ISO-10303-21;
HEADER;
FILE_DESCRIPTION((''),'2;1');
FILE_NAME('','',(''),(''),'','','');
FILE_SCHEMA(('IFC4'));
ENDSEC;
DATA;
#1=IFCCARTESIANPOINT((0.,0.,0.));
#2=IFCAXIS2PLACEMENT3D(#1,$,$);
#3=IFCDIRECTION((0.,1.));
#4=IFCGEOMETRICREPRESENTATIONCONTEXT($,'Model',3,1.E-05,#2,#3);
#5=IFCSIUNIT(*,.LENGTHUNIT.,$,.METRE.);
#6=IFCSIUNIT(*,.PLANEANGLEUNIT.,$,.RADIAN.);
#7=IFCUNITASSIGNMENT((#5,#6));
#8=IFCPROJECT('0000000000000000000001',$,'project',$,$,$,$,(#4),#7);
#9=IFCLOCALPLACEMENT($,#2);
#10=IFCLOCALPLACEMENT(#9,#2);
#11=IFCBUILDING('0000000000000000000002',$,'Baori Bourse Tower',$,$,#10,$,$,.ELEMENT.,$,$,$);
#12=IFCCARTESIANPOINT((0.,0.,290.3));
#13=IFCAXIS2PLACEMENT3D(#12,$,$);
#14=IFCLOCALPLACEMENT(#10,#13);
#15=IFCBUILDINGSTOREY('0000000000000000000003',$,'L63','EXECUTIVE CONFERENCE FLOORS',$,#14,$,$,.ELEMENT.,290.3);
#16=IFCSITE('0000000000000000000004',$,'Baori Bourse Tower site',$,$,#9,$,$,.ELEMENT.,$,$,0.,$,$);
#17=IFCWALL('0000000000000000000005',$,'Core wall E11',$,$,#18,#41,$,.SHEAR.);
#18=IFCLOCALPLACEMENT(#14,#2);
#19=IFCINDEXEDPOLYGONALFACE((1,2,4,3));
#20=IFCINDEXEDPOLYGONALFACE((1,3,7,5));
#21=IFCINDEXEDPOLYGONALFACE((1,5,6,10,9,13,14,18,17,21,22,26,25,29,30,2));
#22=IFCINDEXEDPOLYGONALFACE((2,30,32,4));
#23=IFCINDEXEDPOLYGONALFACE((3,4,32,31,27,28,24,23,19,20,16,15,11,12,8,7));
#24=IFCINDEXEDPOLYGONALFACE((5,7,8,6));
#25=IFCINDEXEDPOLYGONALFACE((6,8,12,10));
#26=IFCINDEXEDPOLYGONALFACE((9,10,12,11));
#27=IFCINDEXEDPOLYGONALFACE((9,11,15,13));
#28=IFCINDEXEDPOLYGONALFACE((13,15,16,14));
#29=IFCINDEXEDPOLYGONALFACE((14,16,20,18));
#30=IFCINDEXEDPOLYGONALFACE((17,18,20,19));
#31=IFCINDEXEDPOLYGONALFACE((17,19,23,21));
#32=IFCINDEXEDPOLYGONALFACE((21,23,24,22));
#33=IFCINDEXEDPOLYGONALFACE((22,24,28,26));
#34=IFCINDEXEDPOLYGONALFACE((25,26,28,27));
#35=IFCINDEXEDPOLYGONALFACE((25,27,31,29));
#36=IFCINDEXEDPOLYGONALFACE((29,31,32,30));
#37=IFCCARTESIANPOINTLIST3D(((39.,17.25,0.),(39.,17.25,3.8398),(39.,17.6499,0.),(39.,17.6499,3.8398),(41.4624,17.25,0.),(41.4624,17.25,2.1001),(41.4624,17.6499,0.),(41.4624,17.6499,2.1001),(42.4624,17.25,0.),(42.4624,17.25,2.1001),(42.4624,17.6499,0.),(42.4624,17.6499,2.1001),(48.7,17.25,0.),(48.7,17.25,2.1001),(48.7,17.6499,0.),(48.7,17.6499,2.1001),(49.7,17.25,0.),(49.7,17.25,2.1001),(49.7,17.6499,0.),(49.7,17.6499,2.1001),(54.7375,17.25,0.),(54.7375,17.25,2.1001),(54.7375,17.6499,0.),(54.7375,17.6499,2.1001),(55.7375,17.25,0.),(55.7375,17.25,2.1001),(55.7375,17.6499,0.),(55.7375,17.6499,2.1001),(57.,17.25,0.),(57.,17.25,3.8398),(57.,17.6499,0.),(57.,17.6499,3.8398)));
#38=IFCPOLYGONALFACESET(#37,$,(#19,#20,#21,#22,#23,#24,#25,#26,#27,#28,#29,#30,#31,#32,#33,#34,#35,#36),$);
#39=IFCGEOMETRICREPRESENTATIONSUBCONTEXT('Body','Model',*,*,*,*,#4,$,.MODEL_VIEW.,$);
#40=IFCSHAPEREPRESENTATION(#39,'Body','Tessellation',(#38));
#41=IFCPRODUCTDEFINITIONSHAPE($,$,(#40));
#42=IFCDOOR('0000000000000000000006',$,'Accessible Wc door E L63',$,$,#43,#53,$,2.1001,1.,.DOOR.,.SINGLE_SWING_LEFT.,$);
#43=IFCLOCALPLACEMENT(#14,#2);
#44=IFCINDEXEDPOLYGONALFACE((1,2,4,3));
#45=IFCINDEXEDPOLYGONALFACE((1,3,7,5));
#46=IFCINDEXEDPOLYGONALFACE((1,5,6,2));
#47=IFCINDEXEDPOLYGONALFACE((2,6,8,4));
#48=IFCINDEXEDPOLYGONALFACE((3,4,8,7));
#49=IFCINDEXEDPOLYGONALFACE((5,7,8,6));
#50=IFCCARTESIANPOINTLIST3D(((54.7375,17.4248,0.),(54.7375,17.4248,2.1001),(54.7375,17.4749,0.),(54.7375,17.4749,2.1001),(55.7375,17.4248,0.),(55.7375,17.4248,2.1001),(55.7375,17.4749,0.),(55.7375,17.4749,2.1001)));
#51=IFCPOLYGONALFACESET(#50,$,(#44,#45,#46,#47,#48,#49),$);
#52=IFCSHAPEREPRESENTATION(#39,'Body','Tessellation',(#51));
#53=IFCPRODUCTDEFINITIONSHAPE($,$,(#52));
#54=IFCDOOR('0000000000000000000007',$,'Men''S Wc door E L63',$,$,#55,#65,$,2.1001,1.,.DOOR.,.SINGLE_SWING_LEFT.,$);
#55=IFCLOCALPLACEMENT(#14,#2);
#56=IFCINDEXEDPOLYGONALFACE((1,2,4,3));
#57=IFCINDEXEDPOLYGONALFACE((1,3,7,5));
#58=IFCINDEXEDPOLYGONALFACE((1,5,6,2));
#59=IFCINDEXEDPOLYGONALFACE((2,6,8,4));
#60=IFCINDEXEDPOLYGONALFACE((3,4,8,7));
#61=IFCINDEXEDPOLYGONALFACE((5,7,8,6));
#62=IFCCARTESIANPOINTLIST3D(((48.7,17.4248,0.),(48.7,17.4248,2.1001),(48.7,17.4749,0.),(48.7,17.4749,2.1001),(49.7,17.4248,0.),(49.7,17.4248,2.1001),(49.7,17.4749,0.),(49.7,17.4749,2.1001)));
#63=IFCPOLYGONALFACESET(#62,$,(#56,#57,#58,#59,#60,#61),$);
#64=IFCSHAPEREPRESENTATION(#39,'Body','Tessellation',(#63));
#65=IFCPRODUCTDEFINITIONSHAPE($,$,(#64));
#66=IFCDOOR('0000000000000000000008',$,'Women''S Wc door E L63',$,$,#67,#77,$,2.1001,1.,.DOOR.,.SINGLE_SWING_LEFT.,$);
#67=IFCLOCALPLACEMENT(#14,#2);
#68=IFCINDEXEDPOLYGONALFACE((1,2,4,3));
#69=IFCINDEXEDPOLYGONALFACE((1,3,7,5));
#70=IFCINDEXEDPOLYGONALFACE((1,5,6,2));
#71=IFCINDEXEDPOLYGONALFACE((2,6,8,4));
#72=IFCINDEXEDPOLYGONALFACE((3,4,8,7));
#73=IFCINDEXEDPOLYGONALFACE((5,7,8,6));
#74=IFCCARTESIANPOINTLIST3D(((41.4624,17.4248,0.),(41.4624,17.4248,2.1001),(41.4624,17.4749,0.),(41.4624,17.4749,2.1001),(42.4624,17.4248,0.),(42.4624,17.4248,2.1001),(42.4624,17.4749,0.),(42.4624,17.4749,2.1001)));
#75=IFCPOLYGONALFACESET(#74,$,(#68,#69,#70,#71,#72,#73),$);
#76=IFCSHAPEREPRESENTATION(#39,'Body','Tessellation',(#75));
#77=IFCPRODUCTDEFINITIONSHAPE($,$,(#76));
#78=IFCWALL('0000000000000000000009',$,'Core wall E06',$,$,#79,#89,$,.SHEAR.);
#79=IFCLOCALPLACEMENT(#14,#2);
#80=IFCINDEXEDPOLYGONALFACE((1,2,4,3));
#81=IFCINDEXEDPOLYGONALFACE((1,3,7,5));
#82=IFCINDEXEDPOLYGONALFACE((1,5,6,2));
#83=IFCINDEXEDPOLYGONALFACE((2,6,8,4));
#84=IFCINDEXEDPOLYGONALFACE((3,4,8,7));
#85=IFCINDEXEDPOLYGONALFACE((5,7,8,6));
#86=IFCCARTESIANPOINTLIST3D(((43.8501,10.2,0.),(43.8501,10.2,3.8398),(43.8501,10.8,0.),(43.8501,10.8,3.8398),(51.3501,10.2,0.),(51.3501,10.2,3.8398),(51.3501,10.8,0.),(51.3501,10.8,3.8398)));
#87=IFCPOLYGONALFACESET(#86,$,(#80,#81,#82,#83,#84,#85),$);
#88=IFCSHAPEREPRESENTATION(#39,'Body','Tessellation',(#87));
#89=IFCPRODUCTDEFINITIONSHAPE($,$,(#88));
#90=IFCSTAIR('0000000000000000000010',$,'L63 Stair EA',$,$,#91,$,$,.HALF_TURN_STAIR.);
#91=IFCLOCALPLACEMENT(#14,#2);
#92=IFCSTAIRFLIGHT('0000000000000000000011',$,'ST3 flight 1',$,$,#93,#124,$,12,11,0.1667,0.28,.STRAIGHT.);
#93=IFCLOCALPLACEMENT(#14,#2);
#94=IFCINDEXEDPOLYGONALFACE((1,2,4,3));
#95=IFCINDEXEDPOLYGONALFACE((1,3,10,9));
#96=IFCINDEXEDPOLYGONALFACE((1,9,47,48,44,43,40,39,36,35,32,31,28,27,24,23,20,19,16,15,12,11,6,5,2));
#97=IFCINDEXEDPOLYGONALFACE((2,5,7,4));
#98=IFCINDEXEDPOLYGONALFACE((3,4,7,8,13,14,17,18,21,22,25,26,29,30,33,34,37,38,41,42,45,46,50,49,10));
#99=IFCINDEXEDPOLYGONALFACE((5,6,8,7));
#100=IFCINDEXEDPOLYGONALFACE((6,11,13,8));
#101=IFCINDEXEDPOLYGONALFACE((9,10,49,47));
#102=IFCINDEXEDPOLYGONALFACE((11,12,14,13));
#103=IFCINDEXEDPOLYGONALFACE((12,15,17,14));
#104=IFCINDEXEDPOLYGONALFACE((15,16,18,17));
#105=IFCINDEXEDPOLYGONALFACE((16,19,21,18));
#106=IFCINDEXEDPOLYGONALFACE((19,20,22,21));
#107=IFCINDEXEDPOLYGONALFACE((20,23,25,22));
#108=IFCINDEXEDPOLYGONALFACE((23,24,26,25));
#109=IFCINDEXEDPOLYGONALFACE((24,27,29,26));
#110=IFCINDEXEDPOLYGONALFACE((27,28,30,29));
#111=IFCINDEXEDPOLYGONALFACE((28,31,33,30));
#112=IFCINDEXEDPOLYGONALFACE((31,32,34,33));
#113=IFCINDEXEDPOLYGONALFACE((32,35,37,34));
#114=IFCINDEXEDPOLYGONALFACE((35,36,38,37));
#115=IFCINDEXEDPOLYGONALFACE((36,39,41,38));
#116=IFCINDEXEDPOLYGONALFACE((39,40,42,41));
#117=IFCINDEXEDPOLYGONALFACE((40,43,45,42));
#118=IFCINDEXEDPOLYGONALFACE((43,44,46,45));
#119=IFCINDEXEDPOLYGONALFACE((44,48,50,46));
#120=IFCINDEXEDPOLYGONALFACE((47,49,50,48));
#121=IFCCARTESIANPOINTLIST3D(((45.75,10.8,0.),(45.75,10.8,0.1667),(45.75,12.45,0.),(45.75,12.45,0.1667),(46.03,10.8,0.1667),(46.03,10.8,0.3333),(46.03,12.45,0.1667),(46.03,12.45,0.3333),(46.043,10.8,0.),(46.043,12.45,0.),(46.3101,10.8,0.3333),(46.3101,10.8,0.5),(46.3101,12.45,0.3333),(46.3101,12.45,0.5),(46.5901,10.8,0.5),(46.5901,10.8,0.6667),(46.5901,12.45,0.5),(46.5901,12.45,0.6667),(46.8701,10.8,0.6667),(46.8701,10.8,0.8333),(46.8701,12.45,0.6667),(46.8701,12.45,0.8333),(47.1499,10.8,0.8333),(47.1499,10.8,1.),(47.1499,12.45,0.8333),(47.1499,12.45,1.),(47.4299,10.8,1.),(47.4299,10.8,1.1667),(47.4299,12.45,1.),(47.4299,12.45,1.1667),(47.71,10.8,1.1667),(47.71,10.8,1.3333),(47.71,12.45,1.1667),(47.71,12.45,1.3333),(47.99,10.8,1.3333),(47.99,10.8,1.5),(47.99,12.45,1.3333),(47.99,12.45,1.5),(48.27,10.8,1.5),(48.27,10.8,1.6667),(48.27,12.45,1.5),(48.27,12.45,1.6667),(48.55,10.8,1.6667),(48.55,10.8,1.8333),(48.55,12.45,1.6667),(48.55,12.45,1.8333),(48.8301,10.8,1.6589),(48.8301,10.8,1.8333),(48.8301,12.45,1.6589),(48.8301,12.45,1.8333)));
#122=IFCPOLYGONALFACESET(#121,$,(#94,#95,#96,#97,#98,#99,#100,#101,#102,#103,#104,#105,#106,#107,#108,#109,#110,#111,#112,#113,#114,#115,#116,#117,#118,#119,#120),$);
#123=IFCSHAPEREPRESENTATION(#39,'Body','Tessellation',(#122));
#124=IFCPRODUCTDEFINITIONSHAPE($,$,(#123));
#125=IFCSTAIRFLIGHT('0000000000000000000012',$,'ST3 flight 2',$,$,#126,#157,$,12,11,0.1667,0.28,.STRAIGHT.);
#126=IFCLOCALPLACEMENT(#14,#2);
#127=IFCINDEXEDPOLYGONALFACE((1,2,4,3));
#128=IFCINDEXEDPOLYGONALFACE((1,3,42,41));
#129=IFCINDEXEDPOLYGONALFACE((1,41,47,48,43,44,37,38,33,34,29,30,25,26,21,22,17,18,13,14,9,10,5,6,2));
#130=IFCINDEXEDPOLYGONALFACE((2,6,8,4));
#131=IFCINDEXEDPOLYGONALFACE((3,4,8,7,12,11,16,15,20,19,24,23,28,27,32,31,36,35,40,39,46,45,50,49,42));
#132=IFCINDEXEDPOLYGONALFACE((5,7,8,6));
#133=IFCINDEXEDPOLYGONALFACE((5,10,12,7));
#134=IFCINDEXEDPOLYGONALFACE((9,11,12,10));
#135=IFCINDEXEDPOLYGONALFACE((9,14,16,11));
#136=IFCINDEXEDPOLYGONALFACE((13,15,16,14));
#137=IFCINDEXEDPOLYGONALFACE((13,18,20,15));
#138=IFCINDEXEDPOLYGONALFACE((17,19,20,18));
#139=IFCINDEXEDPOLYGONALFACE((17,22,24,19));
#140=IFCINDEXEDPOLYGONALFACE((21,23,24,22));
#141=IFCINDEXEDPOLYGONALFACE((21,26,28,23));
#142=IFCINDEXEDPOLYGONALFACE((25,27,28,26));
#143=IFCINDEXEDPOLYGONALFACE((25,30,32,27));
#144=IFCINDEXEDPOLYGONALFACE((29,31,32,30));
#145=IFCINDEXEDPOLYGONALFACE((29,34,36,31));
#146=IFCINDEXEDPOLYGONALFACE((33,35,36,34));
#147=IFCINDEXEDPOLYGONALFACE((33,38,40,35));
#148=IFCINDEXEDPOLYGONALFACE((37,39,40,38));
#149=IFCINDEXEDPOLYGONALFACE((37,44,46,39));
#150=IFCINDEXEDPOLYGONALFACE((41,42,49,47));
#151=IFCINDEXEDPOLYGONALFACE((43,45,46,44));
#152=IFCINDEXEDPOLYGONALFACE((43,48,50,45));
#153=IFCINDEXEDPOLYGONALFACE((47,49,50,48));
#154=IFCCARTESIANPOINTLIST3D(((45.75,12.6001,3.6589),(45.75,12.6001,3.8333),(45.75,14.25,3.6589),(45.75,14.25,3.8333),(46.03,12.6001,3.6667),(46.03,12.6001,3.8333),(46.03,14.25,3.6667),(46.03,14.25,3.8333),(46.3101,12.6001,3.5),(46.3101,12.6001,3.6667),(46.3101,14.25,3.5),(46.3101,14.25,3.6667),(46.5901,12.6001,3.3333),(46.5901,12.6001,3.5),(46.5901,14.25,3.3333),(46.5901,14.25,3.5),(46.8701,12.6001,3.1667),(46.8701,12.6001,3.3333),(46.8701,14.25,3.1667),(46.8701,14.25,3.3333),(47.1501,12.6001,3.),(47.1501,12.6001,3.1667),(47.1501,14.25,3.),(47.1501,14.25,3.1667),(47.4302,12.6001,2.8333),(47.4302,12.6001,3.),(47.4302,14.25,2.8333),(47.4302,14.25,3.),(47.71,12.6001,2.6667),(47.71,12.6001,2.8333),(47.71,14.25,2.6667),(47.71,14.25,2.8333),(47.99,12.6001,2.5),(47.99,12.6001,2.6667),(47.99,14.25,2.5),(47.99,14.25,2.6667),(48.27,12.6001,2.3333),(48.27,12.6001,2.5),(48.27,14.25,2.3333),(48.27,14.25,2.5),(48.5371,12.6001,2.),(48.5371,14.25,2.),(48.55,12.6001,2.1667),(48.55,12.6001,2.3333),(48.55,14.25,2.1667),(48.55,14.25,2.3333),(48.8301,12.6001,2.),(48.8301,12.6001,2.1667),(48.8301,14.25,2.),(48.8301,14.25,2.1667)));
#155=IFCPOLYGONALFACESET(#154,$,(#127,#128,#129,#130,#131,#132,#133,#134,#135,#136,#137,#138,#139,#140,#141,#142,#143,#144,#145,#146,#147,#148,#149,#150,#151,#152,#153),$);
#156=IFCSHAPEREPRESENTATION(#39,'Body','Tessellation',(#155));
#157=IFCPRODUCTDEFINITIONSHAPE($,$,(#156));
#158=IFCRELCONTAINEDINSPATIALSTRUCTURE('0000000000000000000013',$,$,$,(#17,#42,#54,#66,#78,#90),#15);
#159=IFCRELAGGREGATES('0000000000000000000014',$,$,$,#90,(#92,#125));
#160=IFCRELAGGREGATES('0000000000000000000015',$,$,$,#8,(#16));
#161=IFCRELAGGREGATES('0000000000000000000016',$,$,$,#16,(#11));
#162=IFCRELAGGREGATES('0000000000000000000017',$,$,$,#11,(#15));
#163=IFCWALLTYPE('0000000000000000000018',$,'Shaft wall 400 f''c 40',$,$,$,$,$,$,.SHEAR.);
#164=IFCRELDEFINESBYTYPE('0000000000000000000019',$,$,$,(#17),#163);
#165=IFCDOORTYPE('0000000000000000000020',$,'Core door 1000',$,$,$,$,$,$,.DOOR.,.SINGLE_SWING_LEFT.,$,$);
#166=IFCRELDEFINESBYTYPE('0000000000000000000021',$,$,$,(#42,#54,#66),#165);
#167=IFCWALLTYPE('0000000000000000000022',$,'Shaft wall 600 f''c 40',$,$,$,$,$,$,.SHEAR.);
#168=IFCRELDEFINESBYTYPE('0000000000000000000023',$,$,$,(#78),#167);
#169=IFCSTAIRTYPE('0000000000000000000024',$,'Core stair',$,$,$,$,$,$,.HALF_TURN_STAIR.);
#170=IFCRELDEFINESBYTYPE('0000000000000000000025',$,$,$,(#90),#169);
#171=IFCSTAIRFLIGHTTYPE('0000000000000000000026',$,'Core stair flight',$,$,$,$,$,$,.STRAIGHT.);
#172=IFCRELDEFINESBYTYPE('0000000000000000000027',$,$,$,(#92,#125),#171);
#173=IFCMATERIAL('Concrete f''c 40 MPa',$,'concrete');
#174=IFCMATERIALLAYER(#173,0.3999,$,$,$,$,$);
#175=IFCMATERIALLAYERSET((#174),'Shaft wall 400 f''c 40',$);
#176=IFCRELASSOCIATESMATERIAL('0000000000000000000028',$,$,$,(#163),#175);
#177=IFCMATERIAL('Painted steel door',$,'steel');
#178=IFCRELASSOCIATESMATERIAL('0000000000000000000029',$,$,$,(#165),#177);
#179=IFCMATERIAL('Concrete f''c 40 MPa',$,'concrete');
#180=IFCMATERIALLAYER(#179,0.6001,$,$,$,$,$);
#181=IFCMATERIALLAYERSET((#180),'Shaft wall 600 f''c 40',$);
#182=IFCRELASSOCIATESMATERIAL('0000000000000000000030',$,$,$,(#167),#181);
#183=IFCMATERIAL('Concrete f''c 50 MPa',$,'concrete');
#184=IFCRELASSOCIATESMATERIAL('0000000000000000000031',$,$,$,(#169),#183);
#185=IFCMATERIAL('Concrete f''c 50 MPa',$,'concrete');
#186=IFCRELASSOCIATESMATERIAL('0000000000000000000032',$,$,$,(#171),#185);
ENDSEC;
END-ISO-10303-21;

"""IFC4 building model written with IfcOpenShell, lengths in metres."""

from ifc_helpers import new_model, si_unit, direction, frame, frame_2d, origin, place, context, subcontext, project, spatial, polyline, rectangle, outline, extrude, material, layer, layer_set, type_object, element, fill, aggregate, save


model = new_model("IFC4")

# Units and contexts
model_context = context("Model", 3, precision=1e-05, world=origin(), true_north=direction((0.0, 1.0)))
body_context = subcontext(model_context, "Body", "Model", "MODEL_VIEW")
ifc_project = project(units=[si_unit("LENGTHUNIT", "METRE"), si_unit("PLANEANGLEUNIT", "RADIAN")], contexts=[model_context])

# Site, building, storey
site_placement = place(None, origin())
site = spatial("IfcSite", under=ifc_project, at=site_placement, Name="Baori Bourse Tower site", CompositionType="ELEMENT", RefElevation=0.0)
building_placement = place(site_placement, origin())
building = spatial("IfcBuilding", under=site, at=building_placement, Name="Baori Bourse Tower", CompositionType="ELEMENT")
storey_placement = place(building_placement, frame((0.0, 0.0, 290.3)))
storey = spatial("IfcBuildingStorey", under=building, at=storey_placement, Name="L63", Description="EXECUTIVE CONFERENCE FLOORS", CompositionType="ELEMENT", Elevation=290.3)

# Shared definitions
ifc_material_1 = material(Name="Concrete f'c 40 MPa", Category="concrete")
ifc_layer_1 = layer(ifc_material_1, 0.3999)
ifc_layer_set_1 = layer_set([ifc_layer_1], Name="Shaft wall 400 f'c 40")
wall_type_1 = type_object("IfcWallType", Name="Shaft wall 400 f'c 40", PredefinedType="SHEAR", material=ifc_layer_set_1)

# Wall, openings, doors
wall_1_placement = place(storey_placement, frame((39.0, 17.45, 0.0), z_axis=(0.0, 0.0, 1.0), x_axis=(1.0, 0.0, 0.0)))
wall_1 = element("IfcWall", 1, at=wall_1_placement, inside=storey, type_object=wall_type_1, Name="Core wall E11", PredefinedType="SHEAR", context=body_context, shape_type="SweptSolid", body=[
    extrude(rectangle(XDim=18.0, YDim=0.3999, at=frame_2d((9.0, 0.0))), origin(), (0.0, 0.0, 1.0), 3.8398),
])
opening_1_placement = place(wall_1_placement, frame((15.7375, 0.0, 0.0)))
opening_1 = element("IfcOpeningElement", 2, at=opening_1_placement, cuts=wall_1, PredefinedType="OPENING", context=body_context, shape_type="SweptSolid", body=[
    extrude(rectangle(XDim=1.0, YDim=2.1001, at=frame_2d((0.5, 1.05))), frame((0.0, 0.21, 0.0), z_axis=(0.0, -1.0, 0.0), x_axis=(1.0, 0.0, 0.0)), (0.0, 0.0, 1.0), 0.4199),
])
opening_2_placement = place(wall_1_placement, frame((9.7, 0.0, 0.0)))
opening_2 = element("IfcOpeningElement", 3, at=opening_2_placement, cuts=wall_1, PredefinedType="OPENING", context=body_context, shape_type="SweptSolid", body=[
    extrude(rectangle(XDim=1.0, YDim=2.1001, at=frame_2d((0.5, 1.05))), frame((0.0, 0.21, 0.0), z_axis=(0.0, -1.0, 0.0), x_axis=(1.0, 0.0, 0.0)), (0.0, 0.0, 1.0), 0.4199),
])
opening_3_placement = place(wall_1_placement, frame((2.4624, 0.0, 0.0)))
opening_3 = element("IfcOpeningElement", 4, at=opening_3_placement, cuts=wall_1, PredefinedType="OPENING", context=body_context, shape_type="SweptSolid", body=[
    extrude(rectangle(XDim=1.0, YDim=2.1001, at=frame_2d((0.5, 1.05))), frame((0.0, 0.21, 0.0), z_axis=(0.0, -1.0, 0.0), x_axis=(1.0, 0.0, 0.0)), (0.0, 0.0, 1.0), 0.4199),
])
ifc_material_2 = material(Name="Painted steel door", Category="steel")
door_type_1 = type_object("IfcDoorType", Name="Core door 1000", OperationType="SINGLE_SWING_LEFT", PredefinedType="DOOR", material=ifc_material_2)
door_1_placement = place(opening_1_placement, origin())
door_1 = element("IfcDoor", 5, at=door_1_placement, inside=storey, type_object=door_type_1, Name="Accessible Wc door E L63", OperationType="SINGLE_SWING_LEFT", OverallHeight=2.1001, OverallWidth=1.0, PredefinedType="DOOR", context=body_context, shape_type="SweptSolid", body=[
    extrude(rectangle(XDim=1.0, YDim=2.1001, at=frame_2d((0.5, 1.05))), frame((0.0, 0.0249, 0.0), z_axis=(0.0, -1.0, 0.0), x_axis=(1.0, 0.0, 0.0)), (0.0, 0.0, 1.0), 0.05),
])
fill(opening_1, door_1)
door_2_placement = place(opening_2_placement, origin())
door_2 = element("IfcDoor", 6, at=door_2_placement, inside=storey, type_object=door_type_1, Name="Men'S Wc door E L63", OperationType="SINGLE_SWING_LEFT", OverallHeight=2.1001, OverallWidth=1.0, PredefinedType="DOOR", context=body_context, shape_type="SweptSolid", body=[
    extrude(rectangle(XDim=1.0, YDim=2.1001, at=frame_2d((0.5, 1.05))), frame((0.0, 0.0249, 0.0), z_axis=(0.0, -1.0, 0.0), x_axis=(1.0, 0.0, 0.0)), (0.0, 0.0, 1.0), 0.05),
])
fill(opening_2, door_2)
door_3_placement = place(opening_3_placement, origin())
door_3 = element("IfcDoor", 7, at=door_3_placement, inside=storey, type_object=door_type_1, Name="Women'S Wc door E L63", OperationType="SINGLE_SWING_LEFT", OverallHeight=2.1001, OverallWidth=1.0, PredefinedType="DOOR", context=body_context, shape_type="SweptSolid", body=[
    extrude(rectangle(XDim=1.0, YDim=2.1001, at=frame_2d((0.5, 1.05))), frame((0.0, 0.0249, 0.0), z_axis=(0.0, -1.0, 0.0), x_axis=(1.0, 0.0, 0.0)), (0.0, 0.0, 1.0), 0.05),
])
fill(opening_3, door_3)

# Wall
ifc_material_3 = material(Name="Concrete f'c 40 MPa", Category="concrete")
ifc_layer_2 = layer(ifc_material_3, 0.6001)
ifc_layer_set_2 = layer_set([ifc_layer_2], Name="Shaft wall 600 f'c 40")
wall_type_2 = type_object("IfcWallType", Name="Shaft wall 600 f'c 40", PredefinedType="SHEAR", material=ifc_layer_set_2)
wall_2_placement = place(storey_placement, frame((43.8501, 10.5, 0.0), z_axis=(0.0, 0.0, 1.0), x_axis=(1.0, 0.0, 0.0)))
element("IfcWall", 8, at=wall_2_placement, inside=storey, type_object=wall_type_2, Name="Core wall E06", PredefinedType="SHEAR", context=body_context, shape_type="SweptSolid", body=[
    extrude(rectangle(XDim=7.5, YDim=0.6001, at=frame_2d((3.75, 0.0))), origin(), (0.0, 0.0, 1.0), 3.8398),
])

# Stair, stair flights
ifc_material_4 = material(Name="Concrete f'c 50 MPa", Category="concrete")
stair_type = type_object("IfcStairType", Name="Core stair", PredefinedType="HALF_TURN_STAIR", material=ifc_material_4)
stair_placement = place(storey_placement, origin())
stair = element("IfcStair", 9, at=stair_placement, inside=storey, type_object=stair_type, Name="L63 Stair EA", PredefinedType="HALF_TURN_STAIR")
ifc_material_5 = material(Name="Concrete f'c 50 MPa", Category="concrete")
stair_flight_type = type_object("IfcStairFlightType", Name="Core stair flight", PredefinedType="STRAIGHT", material=ifc_material_5)
stair_flight_1_placement = place(storey_placement, frame((45.75, 11.625, 0.0), z_axis=(0.0, 0.0, 1.0), x_axis=(1.0, 0.0, 0.0)))
stair_flight_1 = element("IfcStairFlight", 10, at=stair_flight_1_placement, type_object=stair_flight_type, Name="ST3 flight 1", NumberOfRisers=12, NumberOfTreads=11, PredefinedType="STRAIGHT", RiserHeight=0.1667, TreadLength=0.28, context=body_context, shape_type="SweptSolid", body=[
    extrude(outline(polyline([(0.0, 0.0), (0.0, 0.1667), (0.28, 0.1667), (0.28, 0.3333), (0.5601, 0.3333), (0.5601, 0.5), (0.8401, 0.5), (0.8401, 0.6667), (1.1201, 0.6667), (1.1201, 0.8333), (1.3999, 0.8333), (1.3999, 1.0), (1.6799, 1.0), (1.6799, 1.1667), (1.96, 1.1667), (1.96, 1.3333), (2.24, 1.3333), (2.24, 1.5), (2.52, 1.5), (2.52, 1.6667), (2.8, 1.6667), (2.8, 1.8333), (3.0801, 1.8333), (3.0801, 2.0), (3.0801, 1.6589), (0.293, 0.0), (0.0, 0.0)])), frame((0.0, 0.825, 0.0), z_axis=(0.0, -1.0, 0.0), x_axis=(1.0, 0.0, 0.0)), (0.0, 0.0, 1.0), 1.6499),
])
stair_flight_2_placement = place(storey_placement, frame((48.8301, 13.425, 2.0), z_axis=(0.0, 0.0, 1.0), x_axis=(-1.0, 0.0, 0.0)))
stair_flight_2 = element("IfcStairFlight", 11, at=stair_flight_2_placement, type_object=stair_flight_type, Name="ST3 flight 2", NumberOfRisers=12, NumberOfTreads=11, PredefinedType="STRAIGHT", RiserHeight=0.1667, TreadLength=0.28, context=body_context, shape_type="SweptSolid", body=[
    extrude(outline(polyline([(0.0, 0.0), (0.0, 0.1667), (0.28, 0.1667), (0.28, 0.3333), (0.5601, 0.3333), (0.5601, 0.5), (0.8401, 0.5), (0.8401, 0.6667), (1.1201, 0.6667), (1.1201, 0.8333), (1.3999, 0.8333), (1.3999, 1.0), (1.6799, 1.0), (1.6799, 1.1667), (1.96, 1.1667), (1.96, 1.3333), (2.24, 1.3333), (2.24, 1.5), (2.52, 1.5), (2.52, 1.6667), (2.8, 1.6667), (2.8, 1.8333), (3.0801, 1.8333), (3.0801, 2.0), (3.0801, 1.6589), (0.293, 0.0), (0.0, 0.0)])), frame((0.0, 0.825, 0.0), z_axis=(0.0, -1.0, 0.0), x_axis=(1.0, 0.0, 0.0)), (0.0, 0.0, 1.0), 1.6499),
])
aggregate(stair, [stair_flight_1, stair_flight_2])

save(model, "model.ifc")
